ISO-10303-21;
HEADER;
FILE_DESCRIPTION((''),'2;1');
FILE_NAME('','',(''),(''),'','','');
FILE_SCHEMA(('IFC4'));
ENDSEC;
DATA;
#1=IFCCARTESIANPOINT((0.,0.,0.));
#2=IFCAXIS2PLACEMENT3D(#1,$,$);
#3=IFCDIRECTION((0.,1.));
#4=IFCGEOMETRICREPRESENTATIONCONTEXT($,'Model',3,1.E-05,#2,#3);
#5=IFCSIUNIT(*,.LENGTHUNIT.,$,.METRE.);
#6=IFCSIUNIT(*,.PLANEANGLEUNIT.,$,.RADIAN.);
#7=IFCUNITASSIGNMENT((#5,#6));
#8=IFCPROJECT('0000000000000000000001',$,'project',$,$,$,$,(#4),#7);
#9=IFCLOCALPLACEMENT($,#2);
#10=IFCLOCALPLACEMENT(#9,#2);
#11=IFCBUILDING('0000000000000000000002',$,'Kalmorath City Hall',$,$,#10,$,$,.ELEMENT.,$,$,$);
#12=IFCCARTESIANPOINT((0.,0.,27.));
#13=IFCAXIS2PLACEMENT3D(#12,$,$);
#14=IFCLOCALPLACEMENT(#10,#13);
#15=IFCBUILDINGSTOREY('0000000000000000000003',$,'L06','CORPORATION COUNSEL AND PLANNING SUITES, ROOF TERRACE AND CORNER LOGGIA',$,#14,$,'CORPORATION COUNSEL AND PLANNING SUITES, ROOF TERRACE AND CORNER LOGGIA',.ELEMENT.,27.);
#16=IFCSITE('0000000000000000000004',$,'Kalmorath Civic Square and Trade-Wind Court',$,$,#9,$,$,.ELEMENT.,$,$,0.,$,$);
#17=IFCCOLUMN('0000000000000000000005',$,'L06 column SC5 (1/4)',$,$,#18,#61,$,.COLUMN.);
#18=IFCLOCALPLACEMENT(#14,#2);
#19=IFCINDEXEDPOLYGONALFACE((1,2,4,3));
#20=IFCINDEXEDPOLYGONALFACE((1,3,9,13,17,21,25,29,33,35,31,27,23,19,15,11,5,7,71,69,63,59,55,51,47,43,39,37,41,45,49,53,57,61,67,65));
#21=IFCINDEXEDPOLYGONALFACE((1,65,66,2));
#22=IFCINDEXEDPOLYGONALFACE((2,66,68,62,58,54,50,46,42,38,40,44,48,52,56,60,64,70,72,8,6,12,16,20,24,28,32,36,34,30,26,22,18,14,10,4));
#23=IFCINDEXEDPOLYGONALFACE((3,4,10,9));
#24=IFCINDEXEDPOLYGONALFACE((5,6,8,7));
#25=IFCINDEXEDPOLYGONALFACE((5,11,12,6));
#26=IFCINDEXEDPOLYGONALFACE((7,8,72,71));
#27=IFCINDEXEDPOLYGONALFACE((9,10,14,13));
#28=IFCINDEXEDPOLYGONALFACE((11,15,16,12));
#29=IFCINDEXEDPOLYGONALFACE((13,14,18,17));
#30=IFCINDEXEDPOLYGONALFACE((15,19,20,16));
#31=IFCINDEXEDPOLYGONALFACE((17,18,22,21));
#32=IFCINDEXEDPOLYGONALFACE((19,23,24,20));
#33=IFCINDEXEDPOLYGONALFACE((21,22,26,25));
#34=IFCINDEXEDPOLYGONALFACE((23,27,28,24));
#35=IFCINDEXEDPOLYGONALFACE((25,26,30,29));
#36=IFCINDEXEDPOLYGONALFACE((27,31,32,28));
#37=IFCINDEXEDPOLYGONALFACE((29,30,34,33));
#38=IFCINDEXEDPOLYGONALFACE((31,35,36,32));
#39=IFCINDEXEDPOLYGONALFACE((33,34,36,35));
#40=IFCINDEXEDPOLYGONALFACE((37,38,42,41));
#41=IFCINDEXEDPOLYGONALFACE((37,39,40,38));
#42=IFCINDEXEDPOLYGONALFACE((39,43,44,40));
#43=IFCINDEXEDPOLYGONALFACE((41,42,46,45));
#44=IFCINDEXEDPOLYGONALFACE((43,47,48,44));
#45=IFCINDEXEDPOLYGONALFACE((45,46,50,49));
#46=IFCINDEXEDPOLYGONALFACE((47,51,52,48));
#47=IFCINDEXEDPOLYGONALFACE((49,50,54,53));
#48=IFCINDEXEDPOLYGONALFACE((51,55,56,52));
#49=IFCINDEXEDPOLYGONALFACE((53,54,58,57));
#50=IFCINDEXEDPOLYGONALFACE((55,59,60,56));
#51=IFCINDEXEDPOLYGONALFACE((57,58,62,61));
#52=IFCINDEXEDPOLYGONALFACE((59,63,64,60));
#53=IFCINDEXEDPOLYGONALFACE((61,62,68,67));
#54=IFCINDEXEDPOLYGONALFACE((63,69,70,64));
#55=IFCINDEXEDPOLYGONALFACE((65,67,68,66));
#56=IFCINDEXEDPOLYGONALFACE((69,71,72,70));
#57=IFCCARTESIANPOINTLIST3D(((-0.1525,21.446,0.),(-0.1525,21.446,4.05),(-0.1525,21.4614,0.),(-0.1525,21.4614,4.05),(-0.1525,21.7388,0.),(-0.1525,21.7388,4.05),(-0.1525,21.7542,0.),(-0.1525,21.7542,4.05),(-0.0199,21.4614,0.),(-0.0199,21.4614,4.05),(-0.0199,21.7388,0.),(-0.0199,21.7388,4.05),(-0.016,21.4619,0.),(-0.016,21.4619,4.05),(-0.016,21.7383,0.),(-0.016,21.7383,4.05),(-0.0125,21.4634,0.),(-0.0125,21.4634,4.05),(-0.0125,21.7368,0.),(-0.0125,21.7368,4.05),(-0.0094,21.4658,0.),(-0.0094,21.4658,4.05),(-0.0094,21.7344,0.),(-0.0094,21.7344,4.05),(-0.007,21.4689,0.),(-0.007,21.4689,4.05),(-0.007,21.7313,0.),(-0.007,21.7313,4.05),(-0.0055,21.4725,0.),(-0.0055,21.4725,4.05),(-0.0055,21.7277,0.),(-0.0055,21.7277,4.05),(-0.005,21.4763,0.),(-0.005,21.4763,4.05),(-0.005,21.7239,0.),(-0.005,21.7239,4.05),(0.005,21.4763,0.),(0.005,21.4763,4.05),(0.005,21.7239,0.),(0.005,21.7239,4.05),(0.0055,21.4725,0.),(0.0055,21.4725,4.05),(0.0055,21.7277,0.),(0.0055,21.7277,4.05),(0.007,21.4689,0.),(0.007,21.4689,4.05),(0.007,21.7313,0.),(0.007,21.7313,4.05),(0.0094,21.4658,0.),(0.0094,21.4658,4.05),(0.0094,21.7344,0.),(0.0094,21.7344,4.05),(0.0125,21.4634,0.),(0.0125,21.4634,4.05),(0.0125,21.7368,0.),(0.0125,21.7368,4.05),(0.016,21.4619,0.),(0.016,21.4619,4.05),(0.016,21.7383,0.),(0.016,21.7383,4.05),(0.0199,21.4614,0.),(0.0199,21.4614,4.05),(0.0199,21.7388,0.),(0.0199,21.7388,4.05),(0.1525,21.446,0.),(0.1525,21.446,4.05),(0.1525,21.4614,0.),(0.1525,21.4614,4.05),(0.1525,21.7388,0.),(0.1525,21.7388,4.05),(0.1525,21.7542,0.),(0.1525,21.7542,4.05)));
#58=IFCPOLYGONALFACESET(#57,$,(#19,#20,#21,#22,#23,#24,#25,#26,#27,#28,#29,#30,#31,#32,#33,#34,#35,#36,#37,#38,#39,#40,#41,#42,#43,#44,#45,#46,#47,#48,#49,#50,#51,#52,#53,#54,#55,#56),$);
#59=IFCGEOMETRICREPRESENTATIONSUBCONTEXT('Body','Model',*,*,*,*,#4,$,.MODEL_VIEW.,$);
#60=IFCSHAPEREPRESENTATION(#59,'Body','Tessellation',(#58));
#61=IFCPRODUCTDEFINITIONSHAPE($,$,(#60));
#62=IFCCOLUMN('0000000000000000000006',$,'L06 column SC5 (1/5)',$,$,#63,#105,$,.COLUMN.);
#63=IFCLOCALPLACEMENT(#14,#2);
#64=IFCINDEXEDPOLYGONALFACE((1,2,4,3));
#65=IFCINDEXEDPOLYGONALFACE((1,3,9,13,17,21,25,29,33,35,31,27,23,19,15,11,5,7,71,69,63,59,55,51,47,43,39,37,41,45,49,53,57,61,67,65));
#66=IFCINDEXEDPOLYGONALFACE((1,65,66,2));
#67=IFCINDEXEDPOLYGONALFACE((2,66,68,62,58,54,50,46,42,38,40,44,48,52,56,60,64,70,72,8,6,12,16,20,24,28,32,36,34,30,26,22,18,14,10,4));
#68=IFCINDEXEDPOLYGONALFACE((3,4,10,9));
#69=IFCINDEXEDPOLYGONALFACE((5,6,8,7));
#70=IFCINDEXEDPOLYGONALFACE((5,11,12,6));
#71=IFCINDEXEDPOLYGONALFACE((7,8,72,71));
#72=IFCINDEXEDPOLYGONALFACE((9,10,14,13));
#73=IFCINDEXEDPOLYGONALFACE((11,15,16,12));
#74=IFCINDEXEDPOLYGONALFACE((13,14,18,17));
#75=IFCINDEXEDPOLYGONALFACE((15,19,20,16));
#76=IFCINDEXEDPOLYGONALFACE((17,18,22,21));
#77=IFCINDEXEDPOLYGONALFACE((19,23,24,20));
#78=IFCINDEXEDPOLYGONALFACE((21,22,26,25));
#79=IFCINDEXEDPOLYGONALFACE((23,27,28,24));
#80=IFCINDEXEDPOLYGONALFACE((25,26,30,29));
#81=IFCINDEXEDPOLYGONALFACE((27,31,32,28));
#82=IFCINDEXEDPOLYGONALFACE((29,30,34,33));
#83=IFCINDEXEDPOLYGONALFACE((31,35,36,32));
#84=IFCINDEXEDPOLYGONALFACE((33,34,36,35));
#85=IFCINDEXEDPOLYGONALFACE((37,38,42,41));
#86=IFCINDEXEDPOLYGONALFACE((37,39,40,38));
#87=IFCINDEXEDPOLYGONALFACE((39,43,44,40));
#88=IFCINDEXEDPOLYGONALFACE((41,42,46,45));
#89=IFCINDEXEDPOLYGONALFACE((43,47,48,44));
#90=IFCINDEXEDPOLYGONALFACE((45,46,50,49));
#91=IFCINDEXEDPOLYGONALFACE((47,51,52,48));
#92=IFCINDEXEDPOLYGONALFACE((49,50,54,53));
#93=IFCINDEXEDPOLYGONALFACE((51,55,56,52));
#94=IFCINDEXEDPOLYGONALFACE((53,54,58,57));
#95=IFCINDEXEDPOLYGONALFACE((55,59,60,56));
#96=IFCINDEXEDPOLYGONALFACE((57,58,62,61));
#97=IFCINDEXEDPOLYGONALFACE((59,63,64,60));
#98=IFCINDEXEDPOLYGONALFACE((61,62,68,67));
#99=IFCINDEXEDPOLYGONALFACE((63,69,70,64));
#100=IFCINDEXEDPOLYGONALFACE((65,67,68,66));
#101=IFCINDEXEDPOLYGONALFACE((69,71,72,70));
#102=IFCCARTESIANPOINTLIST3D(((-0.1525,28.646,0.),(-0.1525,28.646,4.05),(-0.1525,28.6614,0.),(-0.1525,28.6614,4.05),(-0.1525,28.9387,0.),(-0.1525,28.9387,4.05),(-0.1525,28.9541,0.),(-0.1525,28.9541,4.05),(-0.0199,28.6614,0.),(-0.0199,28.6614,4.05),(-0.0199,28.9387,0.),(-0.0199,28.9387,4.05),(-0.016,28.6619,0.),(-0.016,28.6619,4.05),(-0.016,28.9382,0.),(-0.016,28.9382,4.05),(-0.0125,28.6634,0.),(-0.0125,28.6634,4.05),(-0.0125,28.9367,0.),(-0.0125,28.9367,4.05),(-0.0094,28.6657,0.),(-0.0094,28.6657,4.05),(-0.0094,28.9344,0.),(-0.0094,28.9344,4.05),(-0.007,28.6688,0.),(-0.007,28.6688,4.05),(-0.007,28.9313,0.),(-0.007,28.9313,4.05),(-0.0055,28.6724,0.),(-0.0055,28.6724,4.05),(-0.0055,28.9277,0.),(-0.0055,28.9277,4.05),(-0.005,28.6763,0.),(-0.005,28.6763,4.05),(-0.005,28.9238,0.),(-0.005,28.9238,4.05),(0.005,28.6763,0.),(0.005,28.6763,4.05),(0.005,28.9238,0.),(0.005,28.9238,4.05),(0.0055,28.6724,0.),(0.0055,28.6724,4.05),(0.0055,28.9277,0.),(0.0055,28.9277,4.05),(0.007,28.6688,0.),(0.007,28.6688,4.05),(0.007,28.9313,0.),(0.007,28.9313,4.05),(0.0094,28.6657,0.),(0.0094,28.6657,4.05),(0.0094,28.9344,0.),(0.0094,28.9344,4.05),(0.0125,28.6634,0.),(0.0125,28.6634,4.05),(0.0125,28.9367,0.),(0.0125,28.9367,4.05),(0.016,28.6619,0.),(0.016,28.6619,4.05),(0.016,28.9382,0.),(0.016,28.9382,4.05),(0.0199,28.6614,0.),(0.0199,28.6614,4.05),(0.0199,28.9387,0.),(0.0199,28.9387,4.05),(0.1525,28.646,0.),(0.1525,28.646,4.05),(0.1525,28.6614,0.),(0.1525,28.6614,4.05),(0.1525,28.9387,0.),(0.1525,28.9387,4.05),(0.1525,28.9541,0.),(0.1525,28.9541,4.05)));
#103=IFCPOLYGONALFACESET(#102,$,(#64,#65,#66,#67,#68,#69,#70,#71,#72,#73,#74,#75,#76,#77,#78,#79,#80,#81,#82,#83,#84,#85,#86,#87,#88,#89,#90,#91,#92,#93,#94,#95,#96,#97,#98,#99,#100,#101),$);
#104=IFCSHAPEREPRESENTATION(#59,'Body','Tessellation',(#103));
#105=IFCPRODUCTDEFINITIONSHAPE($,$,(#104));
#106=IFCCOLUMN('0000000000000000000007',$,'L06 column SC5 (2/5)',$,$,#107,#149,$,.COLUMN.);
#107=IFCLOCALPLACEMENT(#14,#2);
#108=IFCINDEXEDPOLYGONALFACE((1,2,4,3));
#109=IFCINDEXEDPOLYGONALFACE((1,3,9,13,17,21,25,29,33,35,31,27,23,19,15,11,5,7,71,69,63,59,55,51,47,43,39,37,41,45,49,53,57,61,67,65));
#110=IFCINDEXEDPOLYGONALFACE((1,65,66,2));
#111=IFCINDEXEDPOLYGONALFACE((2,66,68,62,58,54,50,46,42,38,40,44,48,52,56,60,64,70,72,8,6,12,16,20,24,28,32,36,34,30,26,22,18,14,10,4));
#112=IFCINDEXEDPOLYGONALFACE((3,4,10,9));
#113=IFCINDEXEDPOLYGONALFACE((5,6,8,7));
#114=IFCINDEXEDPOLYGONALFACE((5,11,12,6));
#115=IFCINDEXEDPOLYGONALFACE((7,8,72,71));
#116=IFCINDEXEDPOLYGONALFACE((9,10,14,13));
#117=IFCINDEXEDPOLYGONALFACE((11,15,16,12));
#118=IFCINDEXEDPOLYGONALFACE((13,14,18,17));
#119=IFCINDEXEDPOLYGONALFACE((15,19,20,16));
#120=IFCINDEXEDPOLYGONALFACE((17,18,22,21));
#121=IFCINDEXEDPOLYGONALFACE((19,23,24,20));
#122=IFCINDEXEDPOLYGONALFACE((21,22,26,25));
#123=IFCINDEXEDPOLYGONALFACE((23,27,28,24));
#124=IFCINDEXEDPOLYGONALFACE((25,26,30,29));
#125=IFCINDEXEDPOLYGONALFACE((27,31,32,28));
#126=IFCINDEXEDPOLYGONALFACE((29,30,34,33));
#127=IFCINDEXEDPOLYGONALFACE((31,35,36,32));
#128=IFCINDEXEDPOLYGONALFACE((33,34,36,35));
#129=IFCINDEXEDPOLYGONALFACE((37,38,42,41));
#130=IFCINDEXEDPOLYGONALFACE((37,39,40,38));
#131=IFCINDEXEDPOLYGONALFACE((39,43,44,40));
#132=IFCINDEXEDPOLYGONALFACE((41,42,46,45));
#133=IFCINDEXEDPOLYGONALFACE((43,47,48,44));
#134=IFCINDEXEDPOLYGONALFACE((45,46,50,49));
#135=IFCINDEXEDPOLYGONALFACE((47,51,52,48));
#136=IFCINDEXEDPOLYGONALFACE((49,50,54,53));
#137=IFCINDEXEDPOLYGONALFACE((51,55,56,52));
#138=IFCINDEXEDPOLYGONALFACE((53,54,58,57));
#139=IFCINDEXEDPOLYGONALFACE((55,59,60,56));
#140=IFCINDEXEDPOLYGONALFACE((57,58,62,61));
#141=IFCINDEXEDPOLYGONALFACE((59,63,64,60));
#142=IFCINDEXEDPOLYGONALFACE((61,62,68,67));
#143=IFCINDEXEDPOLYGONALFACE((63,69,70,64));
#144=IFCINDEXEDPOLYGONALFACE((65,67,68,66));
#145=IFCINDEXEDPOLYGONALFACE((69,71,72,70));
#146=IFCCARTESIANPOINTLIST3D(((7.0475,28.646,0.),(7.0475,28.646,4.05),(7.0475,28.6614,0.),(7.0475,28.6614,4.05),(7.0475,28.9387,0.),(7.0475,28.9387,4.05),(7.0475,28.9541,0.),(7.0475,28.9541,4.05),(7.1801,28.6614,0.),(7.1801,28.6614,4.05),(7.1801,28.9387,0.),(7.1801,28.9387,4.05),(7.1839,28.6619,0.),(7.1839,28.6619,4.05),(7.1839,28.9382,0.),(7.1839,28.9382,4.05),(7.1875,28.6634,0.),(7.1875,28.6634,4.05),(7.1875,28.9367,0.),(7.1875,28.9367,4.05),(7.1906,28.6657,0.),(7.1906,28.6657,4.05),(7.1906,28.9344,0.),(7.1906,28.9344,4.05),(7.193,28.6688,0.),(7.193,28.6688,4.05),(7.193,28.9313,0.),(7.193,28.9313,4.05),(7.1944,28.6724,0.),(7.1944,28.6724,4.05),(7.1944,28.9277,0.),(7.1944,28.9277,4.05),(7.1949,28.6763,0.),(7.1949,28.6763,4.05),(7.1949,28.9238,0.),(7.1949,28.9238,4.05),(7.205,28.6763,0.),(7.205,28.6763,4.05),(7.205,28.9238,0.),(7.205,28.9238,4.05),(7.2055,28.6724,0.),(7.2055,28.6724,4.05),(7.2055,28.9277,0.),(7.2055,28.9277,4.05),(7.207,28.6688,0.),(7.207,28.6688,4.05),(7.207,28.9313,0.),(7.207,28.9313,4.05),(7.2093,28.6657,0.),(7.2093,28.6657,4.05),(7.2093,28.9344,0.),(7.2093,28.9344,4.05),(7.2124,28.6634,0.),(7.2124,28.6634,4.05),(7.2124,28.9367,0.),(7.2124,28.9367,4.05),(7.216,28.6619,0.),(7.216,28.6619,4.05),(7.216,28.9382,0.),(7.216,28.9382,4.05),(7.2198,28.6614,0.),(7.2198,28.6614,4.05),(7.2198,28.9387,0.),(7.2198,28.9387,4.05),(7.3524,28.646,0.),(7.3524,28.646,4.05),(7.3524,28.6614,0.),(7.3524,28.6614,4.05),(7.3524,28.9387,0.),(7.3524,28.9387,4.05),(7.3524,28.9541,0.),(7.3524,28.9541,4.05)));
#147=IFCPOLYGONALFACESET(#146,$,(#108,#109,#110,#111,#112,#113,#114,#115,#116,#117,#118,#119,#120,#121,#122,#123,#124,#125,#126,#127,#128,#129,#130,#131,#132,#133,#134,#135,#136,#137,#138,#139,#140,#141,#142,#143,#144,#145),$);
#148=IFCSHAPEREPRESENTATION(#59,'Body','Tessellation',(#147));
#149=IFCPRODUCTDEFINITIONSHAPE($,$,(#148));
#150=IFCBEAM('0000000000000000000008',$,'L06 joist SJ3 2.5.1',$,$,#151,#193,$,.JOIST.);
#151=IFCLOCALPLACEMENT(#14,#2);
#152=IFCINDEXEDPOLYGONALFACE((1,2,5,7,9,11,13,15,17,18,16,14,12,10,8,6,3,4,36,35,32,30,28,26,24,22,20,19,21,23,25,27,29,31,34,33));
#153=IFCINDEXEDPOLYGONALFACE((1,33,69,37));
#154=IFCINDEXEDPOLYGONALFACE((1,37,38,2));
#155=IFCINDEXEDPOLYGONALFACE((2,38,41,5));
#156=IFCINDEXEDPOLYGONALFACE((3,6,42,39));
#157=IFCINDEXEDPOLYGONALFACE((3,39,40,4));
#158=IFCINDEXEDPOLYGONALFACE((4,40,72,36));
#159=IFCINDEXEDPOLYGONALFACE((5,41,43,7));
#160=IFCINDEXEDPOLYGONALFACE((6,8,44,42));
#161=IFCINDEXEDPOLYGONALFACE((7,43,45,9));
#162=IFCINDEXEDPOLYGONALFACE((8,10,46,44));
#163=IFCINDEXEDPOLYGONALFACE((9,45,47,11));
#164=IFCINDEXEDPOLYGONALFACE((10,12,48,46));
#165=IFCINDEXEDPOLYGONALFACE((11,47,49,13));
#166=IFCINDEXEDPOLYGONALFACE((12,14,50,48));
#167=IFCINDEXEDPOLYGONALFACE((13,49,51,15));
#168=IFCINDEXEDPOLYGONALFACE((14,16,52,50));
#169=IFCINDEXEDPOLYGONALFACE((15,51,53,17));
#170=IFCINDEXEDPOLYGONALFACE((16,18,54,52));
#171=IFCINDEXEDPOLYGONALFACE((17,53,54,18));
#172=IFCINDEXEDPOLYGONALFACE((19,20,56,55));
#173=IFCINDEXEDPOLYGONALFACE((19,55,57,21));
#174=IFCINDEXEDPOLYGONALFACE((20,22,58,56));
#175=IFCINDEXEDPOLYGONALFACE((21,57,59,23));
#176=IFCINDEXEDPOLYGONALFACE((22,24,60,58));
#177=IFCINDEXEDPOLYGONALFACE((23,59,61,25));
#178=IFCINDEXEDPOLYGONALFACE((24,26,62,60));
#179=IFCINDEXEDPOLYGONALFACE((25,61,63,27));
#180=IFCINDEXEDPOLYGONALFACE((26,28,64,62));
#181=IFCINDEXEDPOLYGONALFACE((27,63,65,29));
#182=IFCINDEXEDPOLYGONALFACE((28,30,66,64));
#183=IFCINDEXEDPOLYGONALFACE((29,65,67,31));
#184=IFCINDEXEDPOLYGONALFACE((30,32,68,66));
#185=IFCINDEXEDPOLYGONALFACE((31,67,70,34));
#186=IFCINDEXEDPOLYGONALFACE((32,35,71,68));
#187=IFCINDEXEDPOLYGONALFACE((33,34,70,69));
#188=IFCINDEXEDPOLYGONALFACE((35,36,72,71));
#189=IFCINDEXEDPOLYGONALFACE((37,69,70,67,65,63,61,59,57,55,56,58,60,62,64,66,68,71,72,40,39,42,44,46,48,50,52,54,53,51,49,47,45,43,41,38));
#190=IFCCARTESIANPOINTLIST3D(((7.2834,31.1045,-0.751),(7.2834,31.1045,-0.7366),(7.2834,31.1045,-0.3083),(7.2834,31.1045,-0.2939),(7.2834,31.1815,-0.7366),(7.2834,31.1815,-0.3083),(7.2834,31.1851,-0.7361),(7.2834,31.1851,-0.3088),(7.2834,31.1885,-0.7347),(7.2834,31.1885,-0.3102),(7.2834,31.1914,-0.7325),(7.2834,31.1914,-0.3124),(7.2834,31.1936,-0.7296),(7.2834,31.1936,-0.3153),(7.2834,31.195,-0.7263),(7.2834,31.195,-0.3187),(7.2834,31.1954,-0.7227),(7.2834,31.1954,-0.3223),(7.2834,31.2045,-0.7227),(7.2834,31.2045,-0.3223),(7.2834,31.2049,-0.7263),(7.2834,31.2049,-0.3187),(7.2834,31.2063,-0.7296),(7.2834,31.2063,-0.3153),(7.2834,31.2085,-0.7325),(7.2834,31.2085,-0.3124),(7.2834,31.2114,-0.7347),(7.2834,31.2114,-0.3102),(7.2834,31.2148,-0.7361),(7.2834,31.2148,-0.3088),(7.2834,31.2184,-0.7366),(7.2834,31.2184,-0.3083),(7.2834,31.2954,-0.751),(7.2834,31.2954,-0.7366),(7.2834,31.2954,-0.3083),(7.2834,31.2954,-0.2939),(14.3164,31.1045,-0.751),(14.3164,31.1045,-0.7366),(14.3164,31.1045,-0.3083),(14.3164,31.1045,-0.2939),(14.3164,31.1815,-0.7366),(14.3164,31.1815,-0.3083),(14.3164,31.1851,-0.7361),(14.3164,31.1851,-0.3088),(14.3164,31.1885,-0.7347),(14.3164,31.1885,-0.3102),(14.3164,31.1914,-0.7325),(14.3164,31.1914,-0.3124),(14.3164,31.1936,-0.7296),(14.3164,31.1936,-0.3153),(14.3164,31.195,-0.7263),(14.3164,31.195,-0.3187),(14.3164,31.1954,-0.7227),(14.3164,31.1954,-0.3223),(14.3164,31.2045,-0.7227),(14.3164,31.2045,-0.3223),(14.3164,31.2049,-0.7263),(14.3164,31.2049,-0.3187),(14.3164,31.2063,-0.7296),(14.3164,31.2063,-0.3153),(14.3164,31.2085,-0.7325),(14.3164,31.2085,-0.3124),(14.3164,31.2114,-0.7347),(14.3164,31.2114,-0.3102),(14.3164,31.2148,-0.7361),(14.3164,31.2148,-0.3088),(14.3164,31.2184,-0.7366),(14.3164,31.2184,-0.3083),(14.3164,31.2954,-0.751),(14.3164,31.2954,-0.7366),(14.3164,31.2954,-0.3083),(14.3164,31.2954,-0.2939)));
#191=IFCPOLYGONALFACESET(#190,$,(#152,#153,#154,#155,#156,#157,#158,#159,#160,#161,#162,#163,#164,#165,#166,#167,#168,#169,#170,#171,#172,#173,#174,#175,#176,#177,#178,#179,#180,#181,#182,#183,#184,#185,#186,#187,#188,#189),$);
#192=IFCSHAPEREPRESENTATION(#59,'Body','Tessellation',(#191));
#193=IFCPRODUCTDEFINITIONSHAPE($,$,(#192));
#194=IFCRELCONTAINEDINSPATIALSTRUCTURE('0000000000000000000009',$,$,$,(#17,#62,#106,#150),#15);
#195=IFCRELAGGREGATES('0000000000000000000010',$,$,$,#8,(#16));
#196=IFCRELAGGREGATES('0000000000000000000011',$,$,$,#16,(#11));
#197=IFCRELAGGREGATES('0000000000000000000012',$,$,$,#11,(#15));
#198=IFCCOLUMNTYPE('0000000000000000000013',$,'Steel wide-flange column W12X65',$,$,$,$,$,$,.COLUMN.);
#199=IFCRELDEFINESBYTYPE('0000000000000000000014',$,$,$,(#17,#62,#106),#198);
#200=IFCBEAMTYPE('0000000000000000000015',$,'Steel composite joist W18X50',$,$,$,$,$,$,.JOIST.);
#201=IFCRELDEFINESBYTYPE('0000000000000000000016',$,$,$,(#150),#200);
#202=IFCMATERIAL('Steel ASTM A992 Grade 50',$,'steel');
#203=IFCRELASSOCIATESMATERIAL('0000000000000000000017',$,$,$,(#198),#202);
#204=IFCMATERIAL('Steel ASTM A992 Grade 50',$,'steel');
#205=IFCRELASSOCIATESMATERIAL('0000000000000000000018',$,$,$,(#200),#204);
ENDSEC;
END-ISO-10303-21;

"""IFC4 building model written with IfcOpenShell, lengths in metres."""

from ifc_helpers import new_model, si_unit, direction, frame, origin, origin_2d, place, context, subcontext, project, spatial, i_section, extrude, material, material_profile, profile_set, type_object, element, save


model = new_model("IFC4")

# Units and contexts
model_context = context("Model", 3, precision=1e-05, world=origin(), true_north=direction((0.0, 1.0)))
body_context = subcontext(model_context, "Body", "Model", "MODEL_VIEW")
ifc_project = project(units=[si_unit("LENGTHUNIT", "METRE"), si_unit("PLANEANGLEUNIT", "RADIAN")], contexts=[model_context])

# Site, building, storey
site_placement = place(None, origin())
site = spatial("IfcSite", under=ifc_project, at=site_placement, Name="Kalmorath Civic Square and Trade-Wind Court", CompositionType="ELEMENT", RefElevation=0.0)
building_placement = place(site_placement, origin())
building = spatial("IfcBuilding", under=site, at=building_placement, Name="Kalmorath City Hall", CompositionType="ELEMENT")
storey_placement = place(building_placement, frame((0.0, 0.0, 27.0)))
storey = spatial("IfcBuildingStorey", under=building, at=storey_placement, Name="L06", Description="CORPORATION COUNSEL AND PLANNING SUITES, ROOF TERRACE AND CORNER LOGGIA", LongName="CORPORATION COUNSEL AND PLANNING SUITES, ROOF TERRACE AND CORNER LOGGIA", CompositionType="ELEMENT", Elevation=27.0)

# Columns
ifc_material_1 = material(Name="Steel ASTM A992 Grade 50", Category="steel")
ifc_material_profile_1 = material_profile(ifc_material_1, i_section(OverallWidth=0.3049, OverallDepth=0.3081, WebThickness=0.01, FlangeThickness=0.0154, FilletRadius=0.0149, at=origin_2d()), Name="W12X65")
ifc_profile_set_1 = profile_set([ifc_material_profile_1], Name="Steel ASTM A992 Grade 50")
column_type = type_object("IfcColumnType", Name="Steel wide-flange column W12X65", PredefinedType="COLUMN", material=ifc_profile_set_1)
for number, where, z_axis, x_axis, name in (
    (1, (0.0, 21.6001, 0.0), (0.0, 0.0, 1.0), (1.0, 0.0, 0.0), "L06 column SC5 (1/4)"),
    (2, (0.0, 28.8, 0.0), (0.0, 0.0, 1.0), (1.0, 0.0, 0.0), "L06 column SC5 (1/5)"),
    (3, (7.2, 28.8, 0.0), (0.0, 0.0, 1.0), (1.0, 0.0, 0.0), "L06 column SC5 (2/5)"),
):
    element("IfcColumn", number, at=place(storey_placement, frame(where, z_axis=z_axis, x_axis=x_axis)), inside=storey, type_object=column_type, Name=name, PredefinedType="COLUMN", context=body_context, shape_type="SweptSolid", body=[
        extrude(i_section(OverallWidth=0.3049, OverallDepth=0.3081, WebThickness=0.01, FlangeThickness=0.0154, FilletRadius=0.0149, at=origin_2d()), origin(), (0.0, 0.0, 1.0), 4.05),
    ])

# Beam
ifc_material_2 = material(Name="Steel ASTM A992 Grade 50", Category="steel")
ifc_material_profile_2 = material_profile(ifc_material_2, i_section(OverallWidth=0.1909, OverallDepth=0.457, WebThickness=0.009, FlangeThickness=0.0144, FilletRadius=0.0139, at=origin_2d()), Name="W18X50")
ifc_profile_set_2 = profile_set([ifc_material_profile_2], Name="Steel ASTM A992 Grade 50")
beam_type_1 = type_object("IfcBeamType", Name="Steel composite joist W18X50", PredefinedType="JOIST", material=ifc_profile_set_2)
beam_1_placement = place(storey_placement, frame((7.2834, 31.2, -0.5225), z_axis=(1.0, 0.0, 0.0), x_axis=(0.0, 1.0, 0.0)))
element("IfcBeam", 4, at=beam_1_placement, inside=storey, type_object=beam_type_1, Name="L06 joist SJ3 2.5.1", PredefinedType="JOIST", context=body_context, shape_type="SweptSolid", body=[
    extrude(i_section(OverallWidth=0.1909, OverallDepth=0.457, WebThickness=0.009, FlangeThickness=0.0144, FilletRadius=0.0139, at=origin_2d()), origin(), (0.0, 0.0, 1.0), 7.033),
])

save(model, "model.ifc")
